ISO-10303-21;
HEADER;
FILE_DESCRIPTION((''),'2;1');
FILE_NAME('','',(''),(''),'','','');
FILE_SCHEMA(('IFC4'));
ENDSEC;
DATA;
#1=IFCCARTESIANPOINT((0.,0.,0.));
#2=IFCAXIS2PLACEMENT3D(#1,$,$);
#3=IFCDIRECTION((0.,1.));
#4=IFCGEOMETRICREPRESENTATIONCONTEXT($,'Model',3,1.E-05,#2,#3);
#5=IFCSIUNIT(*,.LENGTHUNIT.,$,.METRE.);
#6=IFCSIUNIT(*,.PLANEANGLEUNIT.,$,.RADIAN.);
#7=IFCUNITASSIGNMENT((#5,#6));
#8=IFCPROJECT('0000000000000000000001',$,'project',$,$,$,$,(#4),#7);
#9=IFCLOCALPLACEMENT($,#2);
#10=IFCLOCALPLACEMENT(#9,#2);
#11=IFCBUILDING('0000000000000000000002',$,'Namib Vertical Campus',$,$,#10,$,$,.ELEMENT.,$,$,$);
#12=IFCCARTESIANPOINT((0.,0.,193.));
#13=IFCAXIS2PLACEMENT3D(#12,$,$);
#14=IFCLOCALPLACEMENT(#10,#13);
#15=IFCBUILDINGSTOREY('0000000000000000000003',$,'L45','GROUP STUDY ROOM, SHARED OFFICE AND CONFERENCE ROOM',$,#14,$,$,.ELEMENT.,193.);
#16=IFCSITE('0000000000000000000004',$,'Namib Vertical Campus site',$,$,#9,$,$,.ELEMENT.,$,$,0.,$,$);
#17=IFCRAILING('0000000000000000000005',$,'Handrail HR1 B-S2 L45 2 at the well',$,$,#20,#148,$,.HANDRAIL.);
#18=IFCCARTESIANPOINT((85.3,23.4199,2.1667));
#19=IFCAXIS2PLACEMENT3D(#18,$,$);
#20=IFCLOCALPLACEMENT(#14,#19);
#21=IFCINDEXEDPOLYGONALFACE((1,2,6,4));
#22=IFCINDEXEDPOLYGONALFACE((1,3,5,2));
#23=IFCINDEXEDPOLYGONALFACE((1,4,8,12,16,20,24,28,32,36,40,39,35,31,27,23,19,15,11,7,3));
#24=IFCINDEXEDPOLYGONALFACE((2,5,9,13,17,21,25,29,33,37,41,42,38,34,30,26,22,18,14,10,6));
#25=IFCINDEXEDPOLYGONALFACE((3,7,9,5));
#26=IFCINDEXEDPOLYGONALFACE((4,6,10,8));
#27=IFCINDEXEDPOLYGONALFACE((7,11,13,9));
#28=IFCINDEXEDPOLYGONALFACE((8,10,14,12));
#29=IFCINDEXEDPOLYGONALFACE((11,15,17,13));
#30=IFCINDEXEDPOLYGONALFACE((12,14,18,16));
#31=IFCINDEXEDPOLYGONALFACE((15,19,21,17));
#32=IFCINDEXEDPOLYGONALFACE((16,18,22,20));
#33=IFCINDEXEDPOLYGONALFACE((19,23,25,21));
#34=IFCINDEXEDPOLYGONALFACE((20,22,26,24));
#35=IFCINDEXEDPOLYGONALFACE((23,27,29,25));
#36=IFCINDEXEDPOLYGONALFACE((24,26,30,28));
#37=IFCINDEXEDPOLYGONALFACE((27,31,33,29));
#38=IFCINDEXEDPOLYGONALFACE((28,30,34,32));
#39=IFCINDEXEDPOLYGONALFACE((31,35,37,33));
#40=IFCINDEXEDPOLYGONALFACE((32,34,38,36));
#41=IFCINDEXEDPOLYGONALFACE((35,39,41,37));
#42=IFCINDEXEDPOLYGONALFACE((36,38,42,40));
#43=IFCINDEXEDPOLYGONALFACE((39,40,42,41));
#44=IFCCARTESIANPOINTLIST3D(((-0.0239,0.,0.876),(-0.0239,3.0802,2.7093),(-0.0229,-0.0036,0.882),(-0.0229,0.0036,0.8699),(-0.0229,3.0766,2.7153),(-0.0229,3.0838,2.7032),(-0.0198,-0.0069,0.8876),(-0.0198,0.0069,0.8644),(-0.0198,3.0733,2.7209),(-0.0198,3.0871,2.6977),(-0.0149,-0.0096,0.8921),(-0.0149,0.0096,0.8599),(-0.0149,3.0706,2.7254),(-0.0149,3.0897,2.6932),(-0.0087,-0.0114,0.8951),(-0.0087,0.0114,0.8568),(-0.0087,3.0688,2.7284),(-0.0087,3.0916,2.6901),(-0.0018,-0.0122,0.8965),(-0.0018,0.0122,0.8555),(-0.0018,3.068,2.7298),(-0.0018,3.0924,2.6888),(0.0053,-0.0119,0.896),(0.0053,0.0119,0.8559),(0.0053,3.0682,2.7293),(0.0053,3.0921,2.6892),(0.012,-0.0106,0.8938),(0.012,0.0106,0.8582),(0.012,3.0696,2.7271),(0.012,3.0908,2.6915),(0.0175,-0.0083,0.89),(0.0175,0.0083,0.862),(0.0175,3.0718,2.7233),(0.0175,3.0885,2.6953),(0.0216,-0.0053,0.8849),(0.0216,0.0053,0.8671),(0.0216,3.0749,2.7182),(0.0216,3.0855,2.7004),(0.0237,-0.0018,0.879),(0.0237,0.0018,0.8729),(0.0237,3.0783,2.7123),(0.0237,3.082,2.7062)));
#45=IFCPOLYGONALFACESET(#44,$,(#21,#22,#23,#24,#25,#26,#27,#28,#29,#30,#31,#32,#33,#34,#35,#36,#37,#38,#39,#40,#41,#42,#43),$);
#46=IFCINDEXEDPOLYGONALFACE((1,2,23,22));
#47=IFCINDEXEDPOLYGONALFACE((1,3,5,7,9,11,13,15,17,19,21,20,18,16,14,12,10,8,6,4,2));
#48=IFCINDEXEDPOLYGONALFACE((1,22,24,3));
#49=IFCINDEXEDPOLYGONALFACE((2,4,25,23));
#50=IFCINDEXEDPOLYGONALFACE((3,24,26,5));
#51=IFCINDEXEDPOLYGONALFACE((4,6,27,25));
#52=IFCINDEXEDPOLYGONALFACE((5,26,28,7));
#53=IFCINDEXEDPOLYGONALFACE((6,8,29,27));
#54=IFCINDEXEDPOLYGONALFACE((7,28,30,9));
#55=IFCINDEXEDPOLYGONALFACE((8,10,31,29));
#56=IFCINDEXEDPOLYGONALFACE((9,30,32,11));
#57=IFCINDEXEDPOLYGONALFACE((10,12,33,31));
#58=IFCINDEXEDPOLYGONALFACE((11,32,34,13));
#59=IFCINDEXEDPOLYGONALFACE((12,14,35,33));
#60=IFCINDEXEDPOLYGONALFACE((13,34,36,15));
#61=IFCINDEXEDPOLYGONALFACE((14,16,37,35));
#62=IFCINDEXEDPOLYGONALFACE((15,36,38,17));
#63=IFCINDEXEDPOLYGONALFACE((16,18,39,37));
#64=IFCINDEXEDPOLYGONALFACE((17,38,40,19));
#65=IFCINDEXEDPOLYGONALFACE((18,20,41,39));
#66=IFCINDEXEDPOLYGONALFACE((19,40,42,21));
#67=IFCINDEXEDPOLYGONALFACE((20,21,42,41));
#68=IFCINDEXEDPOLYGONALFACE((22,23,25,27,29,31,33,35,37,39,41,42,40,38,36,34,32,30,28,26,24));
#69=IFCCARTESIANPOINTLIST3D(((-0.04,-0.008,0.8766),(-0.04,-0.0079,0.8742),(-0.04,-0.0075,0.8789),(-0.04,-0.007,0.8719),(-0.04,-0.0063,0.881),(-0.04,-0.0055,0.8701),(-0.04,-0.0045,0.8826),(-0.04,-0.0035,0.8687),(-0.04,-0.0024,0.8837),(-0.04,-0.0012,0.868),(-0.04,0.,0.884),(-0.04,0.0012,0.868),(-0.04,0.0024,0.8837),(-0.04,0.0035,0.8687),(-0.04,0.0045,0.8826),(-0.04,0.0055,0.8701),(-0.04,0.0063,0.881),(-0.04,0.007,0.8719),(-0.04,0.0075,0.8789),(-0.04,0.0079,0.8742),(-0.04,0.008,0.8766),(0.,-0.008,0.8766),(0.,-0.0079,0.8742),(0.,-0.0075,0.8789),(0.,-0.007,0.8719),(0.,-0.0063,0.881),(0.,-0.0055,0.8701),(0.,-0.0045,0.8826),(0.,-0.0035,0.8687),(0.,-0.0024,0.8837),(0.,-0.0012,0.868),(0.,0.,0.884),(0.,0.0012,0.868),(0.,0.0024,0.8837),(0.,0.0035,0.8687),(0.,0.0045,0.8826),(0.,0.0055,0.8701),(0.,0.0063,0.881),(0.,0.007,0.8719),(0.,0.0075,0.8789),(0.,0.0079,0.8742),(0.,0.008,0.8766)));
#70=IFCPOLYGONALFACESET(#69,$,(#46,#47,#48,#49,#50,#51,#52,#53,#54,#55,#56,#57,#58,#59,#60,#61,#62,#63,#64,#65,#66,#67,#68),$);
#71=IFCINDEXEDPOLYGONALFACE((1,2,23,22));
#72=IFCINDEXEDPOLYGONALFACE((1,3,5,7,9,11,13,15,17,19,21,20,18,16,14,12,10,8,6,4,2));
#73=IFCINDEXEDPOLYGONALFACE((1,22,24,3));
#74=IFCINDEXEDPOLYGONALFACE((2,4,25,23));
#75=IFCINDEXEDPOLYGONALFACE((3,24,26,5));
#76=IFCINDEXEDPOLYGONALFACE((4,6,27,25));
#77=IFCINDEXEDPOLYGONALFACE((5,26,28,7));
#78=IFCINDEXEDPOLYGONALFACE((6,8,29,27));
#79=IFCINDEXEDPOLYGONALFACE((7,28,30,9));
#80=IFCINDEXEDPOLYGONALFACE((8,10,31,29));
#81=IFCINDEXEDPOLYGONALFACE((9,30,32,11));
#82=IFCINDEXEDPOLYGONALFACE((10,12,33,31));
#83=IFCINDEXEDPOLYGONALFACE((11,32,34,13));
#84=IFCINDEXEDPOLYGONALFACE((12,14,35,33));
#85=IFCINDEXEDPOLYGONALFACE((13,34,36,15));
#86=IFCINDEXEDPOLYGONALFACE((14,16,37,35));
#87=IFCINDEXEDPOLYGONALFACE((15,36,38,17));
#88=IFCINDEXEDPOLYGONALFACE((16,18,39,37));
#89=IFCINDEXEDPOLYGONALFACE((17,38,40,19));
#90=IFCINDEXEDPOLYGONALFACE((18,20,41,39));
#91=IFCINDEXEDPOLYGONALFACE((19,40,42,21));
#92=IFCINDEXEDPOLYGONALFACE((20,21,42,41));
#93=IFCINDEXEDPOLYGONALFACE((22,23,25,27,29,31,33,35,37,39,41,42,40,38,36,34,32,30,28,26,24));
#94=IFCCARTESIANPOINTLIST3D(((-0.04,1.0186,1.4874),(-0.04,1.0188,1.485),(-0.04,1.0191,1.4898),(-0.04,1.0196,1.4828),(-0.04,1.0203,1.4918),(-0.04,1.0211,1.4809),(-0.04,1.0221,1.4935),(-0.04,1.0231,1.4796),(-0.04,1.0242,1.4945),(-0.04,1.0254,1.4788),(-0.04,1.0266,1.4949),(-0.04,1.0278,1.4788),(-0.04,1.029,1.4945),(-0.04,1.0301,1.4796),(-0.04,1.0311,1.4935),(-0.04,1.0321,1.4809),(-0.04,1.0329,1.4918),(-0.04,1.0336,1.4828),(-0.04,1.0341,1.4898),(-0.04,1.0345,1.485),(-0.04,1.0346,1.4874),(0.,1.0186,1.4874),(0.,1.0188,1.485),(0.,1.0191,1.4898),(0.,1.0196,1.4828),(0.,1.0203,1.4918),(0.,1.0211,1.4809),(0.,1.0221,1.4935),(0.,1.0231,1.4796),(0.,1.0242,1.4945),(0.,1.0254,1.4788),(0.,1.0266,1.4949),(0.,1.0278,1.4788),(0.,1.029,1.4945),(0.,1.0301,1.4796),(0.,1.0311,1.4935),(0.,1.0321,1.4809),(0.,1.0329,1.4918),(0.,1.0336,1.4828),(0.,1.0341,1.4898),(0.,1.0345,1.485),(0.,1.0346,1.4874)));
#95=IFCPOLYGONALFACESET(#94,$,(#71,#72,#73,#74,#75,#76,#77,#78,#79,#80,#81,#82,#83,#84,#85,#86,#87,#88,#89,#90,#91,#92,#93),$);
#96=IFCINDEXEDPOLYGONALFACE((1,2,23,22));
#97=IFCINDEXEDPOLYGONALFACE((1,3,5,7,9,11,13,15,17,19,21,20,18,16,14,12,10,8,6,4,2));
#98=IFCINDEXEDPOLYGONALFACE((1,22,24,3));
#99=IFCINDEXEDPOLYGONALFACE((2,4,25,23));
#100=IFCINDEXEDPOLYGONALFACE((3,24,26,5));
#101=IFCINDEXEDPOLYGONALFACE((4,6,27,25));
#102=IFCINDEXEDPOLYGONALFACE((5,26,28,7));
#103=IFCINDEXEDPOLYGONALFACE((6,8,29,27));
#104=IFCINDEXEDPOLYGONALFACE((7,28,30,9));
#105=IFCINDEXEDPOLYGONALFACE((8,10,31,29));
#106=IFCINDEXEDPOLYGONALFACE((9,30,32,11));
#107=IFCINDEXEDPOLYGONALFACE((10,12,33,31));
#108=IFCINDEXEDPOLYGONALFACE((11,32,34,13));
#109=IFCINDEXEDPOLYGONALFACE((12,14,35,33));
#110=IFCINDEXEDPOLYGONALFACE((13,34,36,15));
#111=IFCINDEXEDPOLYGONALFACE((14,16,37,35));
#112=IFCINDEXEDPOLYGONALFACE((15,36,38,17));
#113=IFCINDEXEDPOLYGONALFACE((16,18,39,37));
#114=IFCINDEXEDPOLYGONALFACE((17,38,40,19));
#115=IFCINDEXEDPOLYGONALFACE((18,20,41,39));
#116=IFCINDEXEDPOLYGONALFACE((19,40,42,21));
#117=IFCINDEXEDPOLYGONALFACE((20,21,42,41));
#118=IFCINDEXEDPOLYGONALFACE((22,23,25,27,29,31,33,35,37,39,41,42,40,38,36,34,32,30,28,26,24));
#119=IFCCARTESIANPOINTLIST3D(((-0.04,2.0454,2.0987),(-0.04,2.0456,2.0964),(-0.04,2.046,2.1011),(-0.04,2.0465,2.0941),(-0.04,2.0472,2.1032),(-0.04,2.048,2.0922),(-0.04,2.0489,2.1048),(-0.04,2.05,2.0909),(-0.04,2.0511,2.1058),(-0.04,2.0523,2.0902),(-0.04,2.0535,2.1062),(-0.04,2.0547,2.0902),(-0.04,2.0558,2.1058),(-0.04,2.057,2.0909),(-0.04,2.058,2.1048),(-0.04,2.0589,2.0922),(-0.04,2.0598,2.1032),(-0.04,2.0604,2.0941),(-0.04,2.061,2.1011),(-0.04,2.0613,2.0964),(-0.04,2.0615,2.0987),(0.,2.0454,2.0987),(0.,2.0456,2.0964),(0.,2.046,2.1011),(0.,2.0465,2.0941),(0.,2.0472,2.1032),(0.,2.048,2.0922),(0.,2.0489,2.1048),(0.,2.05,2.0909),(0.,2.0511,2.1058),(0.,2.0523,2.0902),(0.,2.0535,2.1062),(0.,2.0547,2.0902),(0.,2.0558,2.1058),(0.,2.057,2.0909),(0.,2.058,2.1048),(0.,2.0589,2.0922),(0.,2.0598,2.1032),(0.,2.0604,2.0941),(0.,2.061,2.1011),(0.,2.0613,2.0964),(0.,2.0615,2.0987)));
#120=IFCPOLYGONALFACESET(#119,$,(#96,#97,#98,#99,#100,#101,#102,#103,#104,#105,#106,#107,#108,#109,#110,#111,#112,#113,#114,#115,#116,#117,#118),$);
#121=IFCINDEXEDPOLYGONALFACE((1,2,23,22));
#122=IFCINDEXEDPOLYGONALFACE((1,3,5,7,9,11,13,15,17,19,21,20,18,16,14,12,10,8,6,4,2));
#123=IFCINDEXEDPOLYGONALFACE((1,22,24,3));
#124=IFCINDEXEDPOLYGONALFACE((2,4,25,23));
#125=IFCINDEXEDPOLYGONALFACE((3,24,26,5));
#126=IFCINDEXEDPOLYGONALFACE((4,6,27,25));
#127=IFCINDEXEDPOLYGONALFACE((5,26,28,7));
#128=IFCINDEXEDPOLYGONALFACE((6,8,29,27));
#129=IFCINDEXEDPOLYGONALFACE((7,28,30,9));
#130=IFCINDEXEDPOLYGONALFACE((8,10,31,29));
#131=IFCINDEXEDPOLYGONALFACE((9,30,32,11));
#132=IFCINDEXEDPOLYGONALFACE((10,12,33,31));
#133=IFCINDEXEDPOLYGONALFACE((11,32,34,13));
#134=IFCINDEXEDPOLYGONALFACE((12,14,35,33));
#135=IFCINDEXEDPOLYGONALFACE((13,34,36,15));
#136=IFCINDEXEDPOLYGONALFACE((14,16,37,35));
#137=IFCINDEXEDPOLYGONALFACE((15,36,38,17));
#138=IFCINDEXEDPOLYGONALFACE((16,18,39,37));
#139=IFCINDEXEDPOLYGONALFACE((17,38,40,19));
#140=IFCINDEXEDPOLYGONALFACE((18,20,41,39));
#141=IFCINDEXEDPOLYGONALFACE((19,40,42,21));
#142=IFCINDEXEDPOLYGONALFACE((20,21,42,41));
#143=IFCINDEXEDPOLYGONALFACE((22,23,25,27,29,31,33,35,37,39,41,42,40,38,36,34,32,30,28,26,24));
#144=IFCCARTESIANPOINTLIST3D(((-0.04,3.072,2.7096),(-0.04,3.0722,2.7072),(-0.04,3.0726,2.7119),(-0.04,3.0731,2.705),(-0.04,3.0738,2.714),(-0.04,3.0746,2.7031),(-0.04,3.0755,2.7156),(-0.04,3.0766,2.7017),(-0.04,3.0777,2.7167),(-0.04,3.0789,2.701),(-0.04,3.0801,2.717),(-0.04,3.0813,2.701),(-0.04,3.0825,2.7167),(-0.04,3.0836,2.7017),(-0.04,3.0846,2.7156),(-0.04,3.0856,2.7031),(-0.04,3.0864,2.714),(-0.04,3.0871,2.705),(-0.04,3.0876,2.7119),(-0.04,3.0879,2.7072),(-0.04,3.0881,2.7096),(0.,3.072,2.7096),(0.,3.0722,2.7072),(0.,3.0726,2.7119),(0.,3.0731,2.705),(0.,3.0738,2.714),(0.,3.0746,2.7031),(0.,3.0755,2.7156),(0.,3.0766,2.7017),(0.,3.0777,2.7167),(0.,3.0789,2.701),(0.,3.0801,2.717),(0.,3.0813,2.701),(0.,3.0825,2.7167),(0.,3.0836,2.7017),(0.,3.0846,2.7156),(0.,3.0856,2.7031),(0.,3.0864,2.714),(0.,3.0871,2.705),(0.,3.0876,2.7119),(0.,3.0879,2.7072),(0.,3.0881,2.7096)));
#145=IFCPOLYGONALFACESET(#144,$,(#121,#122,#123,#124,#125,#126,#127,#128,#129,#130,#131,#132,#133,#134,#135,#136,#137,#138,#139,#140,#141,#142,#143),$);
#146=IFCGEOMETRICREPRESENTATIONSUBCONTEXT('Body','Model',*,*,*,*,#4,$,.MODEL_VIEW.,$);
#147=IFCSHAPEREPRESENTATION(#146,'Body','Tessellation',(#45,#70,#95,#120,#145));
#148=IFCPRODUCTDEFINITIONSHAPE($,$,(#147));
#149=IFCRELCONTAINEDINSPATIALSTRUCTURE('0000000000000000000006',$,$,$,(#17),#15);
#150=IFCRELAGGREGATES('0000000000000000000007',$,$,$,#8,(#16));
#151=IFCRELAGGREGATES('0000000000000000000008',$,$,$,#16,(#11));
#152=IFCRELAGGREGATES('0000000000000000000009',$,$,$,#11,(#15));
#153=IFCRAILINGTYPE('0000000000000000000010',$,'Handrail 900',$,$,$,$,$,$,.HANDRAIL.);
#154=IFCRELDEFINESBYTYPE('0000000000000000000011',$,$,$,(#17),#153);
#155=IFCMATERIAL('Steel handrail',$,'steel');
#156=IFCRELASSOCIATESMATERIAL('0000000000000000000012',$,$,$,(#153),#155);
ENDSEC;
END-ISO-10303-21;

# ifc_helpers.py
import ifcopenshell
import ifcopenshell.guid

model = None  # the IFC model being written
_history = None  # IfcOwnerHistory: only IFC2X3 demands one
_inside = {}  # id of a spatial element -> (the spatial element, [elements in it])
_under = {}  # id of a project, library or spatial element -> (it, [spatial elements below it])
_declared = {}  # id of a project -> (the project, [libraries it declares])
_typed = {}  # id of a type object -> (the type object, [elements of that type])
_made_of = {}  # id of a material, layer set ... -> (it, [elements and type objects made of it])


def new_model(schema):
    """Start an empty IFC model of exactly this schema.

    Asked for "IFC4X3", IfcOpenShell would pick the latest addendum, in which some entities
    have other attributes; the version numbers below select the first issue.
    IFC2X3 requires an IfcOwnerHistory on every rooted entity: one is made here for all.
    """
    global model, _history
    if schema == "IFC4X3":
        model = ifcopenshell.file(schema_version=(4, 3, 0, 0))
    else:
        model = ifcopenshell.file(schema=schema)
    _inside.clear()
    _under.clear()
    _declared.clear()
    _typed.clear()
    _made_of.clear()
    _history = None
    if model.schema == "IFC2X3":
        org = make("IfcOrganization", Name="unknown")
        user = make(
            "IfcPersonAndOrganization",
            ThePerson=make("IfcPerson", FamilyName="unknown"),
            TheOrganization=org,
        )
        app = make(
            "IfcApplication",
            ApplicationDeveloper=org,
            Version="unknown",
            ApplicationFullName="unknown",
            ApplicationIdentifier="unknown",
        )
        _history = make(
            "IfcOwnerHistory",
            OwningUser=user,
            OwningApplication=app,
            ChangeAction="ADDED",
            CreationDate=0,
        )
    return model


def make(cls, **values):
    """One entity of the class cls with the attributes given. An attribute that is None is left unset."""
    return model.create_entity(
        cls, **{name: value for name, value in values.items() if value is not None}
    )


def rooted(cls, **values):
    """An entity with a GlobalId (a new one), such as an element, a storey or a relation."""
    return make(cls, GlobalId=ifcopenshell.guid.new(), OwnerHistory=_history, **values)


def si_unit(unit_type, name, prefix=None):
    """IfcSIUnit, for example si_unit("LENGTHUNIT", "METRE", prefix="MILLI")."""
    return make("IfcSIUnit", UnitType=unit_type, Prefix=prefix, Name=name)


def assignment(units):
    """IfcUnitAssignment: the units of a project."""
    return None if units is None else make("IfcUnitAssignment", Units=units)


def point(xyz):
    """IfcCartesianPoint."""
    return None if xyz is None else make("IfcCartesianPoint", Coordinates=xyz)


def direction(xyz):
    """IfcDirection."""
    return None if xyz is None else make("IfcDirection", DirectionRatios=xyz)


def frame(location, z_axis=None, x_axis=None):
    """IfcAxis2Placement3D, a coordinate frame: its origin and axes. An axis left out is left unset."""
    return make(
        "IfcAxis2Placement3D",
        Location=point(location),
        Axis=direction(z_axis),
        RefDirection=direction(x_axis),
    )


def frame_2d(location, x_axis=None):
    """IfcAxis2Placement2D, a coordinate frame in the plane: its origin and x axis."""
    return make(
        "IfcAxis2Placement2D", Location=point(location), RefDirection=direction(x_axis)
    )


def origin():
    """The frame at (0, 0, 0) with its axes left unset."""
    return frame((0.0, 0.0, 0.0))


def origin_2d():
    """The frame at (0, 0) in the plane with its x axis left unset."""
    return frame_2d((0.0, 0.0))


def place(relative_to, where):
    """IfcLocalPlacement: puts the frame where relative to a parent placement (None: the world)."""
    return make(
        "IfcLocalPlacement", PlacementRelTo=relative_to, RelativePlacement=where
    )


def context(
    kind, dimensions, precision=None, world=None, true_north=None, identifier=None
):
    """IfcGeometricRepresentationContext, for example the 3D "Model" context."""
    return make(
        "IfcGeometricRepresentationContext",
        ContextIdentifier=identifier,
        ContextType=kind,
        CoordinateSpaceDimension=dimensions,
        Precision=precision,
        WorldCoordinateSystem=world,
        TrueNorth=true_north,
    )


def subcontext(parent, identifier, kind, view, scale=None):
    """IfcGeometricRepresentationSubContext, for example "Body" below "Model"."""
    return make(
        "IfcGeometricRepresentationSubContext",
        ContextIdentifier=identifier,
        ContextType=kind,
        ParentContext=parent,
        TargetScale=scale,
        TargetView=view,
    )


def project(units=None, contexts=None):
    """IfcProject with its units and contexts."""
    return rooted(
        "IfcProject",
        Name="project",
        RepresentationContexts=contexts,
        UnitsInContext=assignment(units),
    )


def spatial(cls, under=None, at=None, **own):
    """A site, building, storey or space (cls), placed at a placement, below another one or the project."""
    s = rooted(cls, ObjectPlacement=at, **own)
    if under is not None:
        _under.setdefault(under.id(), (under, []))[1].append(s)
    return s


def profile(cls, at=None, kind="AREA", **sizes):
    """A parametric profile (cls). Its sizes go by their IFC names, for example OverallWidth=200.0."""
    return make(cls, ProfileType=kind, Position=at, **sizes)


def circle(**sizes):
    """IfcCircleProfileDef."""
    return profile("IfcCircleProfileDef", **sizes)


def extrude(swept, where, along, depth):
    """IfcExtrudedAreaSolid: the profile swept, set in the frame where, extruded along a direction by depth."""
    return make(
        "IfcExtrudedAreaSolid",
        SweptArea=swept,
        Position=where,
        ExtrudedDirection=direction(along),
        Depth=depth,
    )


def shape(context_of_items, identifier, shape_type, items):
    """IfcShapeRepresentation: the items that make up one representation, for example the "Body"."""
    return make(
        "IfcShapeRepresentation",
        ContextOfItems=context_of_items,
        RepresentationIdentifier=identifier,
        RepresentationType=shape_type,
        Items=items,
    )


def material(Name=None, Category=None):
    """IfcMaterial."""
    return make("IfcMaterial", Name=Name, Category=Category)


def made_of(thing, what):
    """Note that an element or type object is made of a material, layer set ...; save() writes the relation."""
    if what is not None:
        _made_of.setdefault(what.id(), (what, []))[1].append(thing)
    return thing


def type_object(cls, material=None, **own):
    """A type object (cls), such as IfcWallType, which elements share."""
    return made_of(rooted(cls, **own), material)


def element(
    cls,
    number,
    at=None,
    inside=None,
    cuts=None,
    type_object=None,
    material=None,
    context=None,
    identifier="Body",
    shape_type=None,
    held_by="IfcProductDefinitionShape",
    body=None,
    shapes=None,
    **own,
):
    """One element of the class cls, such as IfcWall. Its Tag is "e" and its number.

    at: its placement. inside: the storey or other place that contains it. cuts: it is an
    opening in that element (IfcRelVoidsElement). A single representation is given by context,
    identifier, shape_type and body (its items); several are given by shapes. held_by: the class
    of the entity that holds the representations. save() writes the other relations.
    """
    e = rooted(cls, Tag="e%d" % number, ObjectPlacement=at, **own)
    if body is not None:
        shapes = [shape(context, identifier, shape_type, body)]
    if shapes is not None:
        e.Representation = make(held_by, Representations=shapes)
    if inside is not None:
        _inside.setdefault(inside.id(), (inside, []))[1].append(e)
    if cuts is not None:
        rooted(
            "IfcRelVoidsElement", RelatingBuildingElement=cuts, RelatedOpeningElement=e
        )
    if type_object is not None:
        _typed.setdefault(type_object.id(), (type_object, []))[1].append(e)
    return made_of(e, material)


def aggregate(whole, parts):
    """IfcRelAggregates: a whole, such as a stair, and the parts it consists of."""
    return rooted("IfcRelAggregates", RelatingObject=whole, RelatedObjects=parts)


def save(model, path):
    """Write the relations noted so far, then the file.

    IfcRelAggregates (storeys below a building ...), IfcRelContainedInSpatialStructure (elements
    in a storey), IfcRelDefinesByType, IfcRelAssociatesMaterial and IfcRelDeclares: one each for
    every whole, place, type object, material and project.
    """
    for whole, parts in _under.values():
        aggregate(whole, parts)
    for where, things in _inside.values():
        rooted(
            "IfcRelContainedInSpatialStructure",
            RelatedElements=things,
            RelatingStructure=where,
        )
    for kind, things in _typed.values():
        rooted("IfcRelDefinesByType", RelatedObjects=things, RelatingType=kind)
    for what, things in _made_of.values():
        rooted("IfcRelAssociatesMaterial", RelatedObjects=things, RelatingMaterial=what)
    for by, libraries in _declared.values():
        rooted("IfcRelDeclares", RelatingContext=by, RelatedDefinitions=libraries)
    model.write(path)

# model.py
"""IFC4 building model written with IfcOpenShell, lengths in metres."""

from ifc_helpers import new_model, si_unit, direction, frame, origin, origin_2d, place, context, subcontext, project, spatial, circle, extrude, material, type_object, element, save


model = new_model("IFC4")

# Units and contexts
model_context = context("Model", 3, precision=1e-05, world=origin(), true_north=direction((0.0, 1.0)))
body_context = subcontext(model_context, "Body", "Model", "MODEL_VIEW")
ifc_project = project(units=[si_unit("LENGTHUNIT", "METRE"), si_unit("PLANEANGLEUNIT", "RADIAN")], contexts=[model_context])

# Site, building, storey
site_placement = place(None, origin())
site = spatial("IfcSite", under=ifc_project, at=site_placement, Name="Namib Vertical Campus site", CompositionType="ELEMENT", RefElevation=0.0)
building_placement = place(site_placement, origin())
building = spatial("IfcBuilding", under=site, at=building_placement, Name="Namib Vertical Campus", CompositionType="ELEMENT")
storey_placement = place(building_placement, frame((0.0, 0.0, 193.0)))
storey = spatial("IfcBuildingStorey", under=building, at=storey_placement, Name="L45", Description="GROUP STUDY ROOM, SHARED OFFICE AND CONFERENCE ROOM", CompositionType="ELEMENT", Elevation=193.0)

# Railing
ifc_material_1 = material(Name="Steel handrail", Category="steel")
railing_type_1 = type_object("IfcRailingType", Name="Handrail 900", PredefinedType="HANDRAIL", material=ifc_material_1)
railing_1_placement = place(storey_placement, frame((85.3, 23.4199, 2.1667)))
element("IfcRailing", 1, at=railing_1_placement, inside=storey, type_object=railing_type_1, Name="Handrail HR1 B-S2 L45 2 at the well", PredefinedType="HANDRAIL", context=body_context, shape_type="SweptSolid", body=[
    extrude(circle(Radius=0.0239, at=origin_2d()), frame((0.0, 0.0, 0.876), z_axis=(0.0, 0.859309, 0.511458), x_axis=(-1.0, 0.0, 0.0)), (0.0, 0.0, 1.0), 3.5845),
    extrude(circle(Radius=0.0081, at=origin_2d()), frame((0.0, 0.0, 0.876), z_axis=(-1.0, 0.0, 0.0), x_axis=(0.0, 0.0, 1.0)), (0.0, 0.0, 1.0), 0.04),
    extrude(circle(Radius=0.0081, at=origin_2d()), frame((0.0, 1.0266, 1.4868), z_axis=(-1.0, 0.0, 0.0), x_axis=(0.0, 0.0, 1.0)), (0.0, 0.0, 1.0), 0.04),
    extrude(circle(Radius=0.0081, at=origin_2d()), frame((0.0, 2.0535, 2.0981), z_axis=(-1.0, 0.0, 0.0), x_axis=(0.0, 0.0, 1.0)), (0.0, 0.0, 1.0), 0.04),
    extrude(circle(Radius=0.0081, at=origin_2d()), frame((0.0, 3.0801, 2.709), z_axis=(-1.0, 0.0, 0.0), x_axis=(0.0, 0.0, 1.0)), (0.0, 0.0, 1.0), 0.04),
])

save(model, "model.ifc")
